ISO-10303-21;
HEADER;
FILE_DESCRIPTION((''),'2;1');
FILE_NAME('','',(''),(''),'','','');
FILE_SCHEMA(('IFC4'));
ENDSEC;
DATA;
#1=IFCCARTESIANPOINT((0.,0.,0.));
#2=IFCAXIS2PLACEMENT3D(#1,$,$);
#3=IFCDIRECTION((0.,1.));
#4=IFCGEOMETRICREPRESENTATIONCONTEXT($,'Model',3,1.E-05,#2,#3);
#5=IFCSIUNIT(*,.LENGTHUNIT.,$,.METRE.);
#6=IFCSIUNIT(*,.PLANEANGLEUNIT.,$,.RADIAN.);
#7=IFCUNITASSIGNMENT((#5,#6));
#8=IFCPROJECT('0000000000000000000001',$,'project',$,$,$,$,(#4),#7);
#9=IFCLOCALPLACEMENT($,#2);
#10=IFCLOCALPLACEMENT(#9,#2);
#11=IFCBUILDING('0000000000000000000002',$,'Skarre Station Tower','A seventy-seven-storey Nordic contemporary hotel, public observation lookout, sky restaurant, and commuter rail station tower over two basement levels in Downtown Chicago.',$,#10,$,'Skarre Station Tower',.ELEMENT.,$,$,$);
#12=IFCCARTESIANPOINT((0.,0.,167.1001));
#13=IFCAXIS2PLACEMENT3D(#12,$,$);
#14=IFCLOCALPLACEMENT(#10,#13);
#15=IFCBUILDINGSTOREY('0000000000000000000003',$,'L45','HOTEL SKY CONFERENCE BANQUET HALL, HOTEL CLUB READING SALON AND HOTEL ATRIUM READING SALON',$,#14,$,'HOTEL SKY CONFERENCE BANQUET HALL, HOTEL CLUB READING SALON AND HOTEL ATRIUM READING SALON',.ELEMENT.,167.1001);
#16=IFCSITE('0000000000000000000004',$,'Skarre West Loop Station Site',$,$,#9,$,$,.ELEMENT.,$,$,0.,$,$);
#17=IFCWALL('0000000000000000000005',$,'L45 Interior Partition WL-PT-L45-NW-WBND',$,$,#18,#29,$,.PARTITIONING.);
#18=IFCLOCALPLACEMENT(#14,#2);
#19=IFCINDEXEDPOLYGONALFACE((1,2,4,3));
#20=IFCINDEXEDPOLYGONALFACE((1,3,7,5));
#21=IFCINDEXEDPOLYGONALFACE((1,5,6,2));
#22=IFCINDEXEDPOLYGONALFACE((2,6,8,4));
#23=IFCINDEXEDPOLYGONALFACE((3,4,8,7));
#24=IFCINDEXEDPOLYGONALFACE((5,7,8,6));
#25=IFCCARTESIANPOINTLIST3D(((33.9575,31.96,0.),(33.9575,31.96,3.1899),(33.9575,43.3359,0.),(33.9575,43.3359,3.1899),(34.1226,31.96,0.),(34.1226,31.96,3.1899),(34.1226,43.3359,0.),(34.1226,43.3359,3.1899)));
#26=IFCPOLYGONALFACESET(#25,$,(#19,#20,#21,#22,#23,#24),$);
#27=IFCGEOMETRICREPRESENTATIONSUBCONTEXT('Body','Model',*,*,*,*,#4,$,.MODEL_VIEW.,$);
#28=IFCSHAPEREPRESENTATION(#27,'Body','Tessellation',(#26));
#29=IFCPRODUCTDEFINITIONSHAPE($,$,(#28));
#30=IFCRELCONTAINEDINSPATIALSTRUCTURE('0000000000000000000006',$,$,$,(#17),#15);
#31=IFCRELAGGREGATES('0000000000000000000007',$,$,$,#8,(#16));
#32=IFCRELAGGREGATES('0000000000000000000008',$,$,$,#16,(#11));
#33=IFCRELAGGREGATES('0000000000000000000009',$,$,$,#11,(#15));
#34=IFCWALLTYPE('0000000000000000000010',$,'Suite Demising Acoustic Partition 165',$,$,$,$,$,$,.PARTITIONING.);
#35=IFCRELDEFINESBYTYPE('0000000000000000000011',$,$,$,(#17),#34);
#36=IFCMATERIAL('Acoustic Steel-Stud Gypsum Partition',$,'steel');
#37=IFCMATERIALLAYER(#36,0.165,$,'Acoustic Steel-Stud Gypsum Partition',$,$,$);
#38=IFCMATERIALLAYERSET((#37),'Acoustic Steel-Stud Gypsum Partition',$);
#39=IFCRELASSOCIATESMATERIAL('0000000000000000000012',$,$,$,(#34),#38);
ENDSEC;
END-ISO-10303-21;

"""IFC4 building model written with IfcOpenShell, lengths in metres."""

from ifc_helpers import new_model, si_unit, direction, frame, frame_2d, origin, place, context, subcontext, project, spatial, rectangle, extrude, material, layer, layer_set, type_object, element, save


model = new_model("IFC4")

# Units and contexts
model_context = context("Model", 3, precision=1e-05, world=origin(), true_north=direction((0.0, 1.0)))
body_context = subcontext(model_context, "Body", "Model", "MODEL_VIEW")
ifc_project = project(units=[si_unit("LENGTHUNIT", "METRE"), si_unit("PLANEANGLEUNIT", "RADIAN")], contexts=[model_context])

# Site, building, storey
site_placement = place(None, origin())
site = spatial("IfcSite", under=ifc_project, at=site_placement, Name="Skarre West Loop Station Site", CompositionType="ELEMENT", RefElevation=0.0)
building_placement = place(site_placement, origin())
building = spatial("IfcBuilding", under=site, at=building_placement, Name="Skarre Station Tower", Description="A seventy-seven-storey Nordic contemporary hotel, public observation lookout, sky restaurant, and commuter rail station tower over two basement levels in Downtown Chicago.", LongName="Skarre Station Tower", CompositionType="ELEMENT")
storey_placement = place(building_placement, frame((0.0, 0.0, 167.1001)))
storey = spatial("IfcBuildingStorey", under=building, at=storey_placement, Name="L45", Description="HOTEL SKY CONFERENCE BANQUET HALL, HOTEL CLUB READING SALON AND HOTEL ATRIUM READING SALON", LongName="HOTEL SKY CONFERENCE BANQUET HALL, HOTEL CLUB READING SALON AND HOTEL ATRIUM READING SALON", CompositionType="ELEMENT", Elevation=167.1001)

# Shared definitions
ifc_material_1 = material(Name="Acoustic Steel-Stud Gypsum Partition", Category="steel")

# Wall
ifc_layer_1 = layer(ifc_material_1, 0.165, Name="Acoustic Steel-Stud Gypsum Partition")
ifc_layer_set_1 = layer_set([ifc_layer_1], Name="Acoustic Steel-Stud Gypsum Partition")
wall_type_1 = type_object("IfcWallType", Name="Suite Demising Acoustic Partition 165", PredefinedType="PARTITIONING", material=ifc_layer_set_1)
wall_1_placement = place(storey_placement, frame((34.04, 31.96, 0.0), z_axis=(0.0, 0.0, 1.0), x_axis=(0.0, 1.0, 0.0)))
element("IfcWall", 1, at=wall_1_placement, inside=storey, type_object=wall_type_1, Name="L45 Interior Partition WL-PT-L45-NW-WBND", PredefinedType="PARTITIONING", context=body_context, shape_type="SweptSolid", body=[
    extrude(rectangle(XDim=11.376, YDim=0.165, at=frame_2d((5.688, 0.0))), origin(), (0.0, 0.0, 1.0), 3.1899),
])

save(model, "model.ifc")
